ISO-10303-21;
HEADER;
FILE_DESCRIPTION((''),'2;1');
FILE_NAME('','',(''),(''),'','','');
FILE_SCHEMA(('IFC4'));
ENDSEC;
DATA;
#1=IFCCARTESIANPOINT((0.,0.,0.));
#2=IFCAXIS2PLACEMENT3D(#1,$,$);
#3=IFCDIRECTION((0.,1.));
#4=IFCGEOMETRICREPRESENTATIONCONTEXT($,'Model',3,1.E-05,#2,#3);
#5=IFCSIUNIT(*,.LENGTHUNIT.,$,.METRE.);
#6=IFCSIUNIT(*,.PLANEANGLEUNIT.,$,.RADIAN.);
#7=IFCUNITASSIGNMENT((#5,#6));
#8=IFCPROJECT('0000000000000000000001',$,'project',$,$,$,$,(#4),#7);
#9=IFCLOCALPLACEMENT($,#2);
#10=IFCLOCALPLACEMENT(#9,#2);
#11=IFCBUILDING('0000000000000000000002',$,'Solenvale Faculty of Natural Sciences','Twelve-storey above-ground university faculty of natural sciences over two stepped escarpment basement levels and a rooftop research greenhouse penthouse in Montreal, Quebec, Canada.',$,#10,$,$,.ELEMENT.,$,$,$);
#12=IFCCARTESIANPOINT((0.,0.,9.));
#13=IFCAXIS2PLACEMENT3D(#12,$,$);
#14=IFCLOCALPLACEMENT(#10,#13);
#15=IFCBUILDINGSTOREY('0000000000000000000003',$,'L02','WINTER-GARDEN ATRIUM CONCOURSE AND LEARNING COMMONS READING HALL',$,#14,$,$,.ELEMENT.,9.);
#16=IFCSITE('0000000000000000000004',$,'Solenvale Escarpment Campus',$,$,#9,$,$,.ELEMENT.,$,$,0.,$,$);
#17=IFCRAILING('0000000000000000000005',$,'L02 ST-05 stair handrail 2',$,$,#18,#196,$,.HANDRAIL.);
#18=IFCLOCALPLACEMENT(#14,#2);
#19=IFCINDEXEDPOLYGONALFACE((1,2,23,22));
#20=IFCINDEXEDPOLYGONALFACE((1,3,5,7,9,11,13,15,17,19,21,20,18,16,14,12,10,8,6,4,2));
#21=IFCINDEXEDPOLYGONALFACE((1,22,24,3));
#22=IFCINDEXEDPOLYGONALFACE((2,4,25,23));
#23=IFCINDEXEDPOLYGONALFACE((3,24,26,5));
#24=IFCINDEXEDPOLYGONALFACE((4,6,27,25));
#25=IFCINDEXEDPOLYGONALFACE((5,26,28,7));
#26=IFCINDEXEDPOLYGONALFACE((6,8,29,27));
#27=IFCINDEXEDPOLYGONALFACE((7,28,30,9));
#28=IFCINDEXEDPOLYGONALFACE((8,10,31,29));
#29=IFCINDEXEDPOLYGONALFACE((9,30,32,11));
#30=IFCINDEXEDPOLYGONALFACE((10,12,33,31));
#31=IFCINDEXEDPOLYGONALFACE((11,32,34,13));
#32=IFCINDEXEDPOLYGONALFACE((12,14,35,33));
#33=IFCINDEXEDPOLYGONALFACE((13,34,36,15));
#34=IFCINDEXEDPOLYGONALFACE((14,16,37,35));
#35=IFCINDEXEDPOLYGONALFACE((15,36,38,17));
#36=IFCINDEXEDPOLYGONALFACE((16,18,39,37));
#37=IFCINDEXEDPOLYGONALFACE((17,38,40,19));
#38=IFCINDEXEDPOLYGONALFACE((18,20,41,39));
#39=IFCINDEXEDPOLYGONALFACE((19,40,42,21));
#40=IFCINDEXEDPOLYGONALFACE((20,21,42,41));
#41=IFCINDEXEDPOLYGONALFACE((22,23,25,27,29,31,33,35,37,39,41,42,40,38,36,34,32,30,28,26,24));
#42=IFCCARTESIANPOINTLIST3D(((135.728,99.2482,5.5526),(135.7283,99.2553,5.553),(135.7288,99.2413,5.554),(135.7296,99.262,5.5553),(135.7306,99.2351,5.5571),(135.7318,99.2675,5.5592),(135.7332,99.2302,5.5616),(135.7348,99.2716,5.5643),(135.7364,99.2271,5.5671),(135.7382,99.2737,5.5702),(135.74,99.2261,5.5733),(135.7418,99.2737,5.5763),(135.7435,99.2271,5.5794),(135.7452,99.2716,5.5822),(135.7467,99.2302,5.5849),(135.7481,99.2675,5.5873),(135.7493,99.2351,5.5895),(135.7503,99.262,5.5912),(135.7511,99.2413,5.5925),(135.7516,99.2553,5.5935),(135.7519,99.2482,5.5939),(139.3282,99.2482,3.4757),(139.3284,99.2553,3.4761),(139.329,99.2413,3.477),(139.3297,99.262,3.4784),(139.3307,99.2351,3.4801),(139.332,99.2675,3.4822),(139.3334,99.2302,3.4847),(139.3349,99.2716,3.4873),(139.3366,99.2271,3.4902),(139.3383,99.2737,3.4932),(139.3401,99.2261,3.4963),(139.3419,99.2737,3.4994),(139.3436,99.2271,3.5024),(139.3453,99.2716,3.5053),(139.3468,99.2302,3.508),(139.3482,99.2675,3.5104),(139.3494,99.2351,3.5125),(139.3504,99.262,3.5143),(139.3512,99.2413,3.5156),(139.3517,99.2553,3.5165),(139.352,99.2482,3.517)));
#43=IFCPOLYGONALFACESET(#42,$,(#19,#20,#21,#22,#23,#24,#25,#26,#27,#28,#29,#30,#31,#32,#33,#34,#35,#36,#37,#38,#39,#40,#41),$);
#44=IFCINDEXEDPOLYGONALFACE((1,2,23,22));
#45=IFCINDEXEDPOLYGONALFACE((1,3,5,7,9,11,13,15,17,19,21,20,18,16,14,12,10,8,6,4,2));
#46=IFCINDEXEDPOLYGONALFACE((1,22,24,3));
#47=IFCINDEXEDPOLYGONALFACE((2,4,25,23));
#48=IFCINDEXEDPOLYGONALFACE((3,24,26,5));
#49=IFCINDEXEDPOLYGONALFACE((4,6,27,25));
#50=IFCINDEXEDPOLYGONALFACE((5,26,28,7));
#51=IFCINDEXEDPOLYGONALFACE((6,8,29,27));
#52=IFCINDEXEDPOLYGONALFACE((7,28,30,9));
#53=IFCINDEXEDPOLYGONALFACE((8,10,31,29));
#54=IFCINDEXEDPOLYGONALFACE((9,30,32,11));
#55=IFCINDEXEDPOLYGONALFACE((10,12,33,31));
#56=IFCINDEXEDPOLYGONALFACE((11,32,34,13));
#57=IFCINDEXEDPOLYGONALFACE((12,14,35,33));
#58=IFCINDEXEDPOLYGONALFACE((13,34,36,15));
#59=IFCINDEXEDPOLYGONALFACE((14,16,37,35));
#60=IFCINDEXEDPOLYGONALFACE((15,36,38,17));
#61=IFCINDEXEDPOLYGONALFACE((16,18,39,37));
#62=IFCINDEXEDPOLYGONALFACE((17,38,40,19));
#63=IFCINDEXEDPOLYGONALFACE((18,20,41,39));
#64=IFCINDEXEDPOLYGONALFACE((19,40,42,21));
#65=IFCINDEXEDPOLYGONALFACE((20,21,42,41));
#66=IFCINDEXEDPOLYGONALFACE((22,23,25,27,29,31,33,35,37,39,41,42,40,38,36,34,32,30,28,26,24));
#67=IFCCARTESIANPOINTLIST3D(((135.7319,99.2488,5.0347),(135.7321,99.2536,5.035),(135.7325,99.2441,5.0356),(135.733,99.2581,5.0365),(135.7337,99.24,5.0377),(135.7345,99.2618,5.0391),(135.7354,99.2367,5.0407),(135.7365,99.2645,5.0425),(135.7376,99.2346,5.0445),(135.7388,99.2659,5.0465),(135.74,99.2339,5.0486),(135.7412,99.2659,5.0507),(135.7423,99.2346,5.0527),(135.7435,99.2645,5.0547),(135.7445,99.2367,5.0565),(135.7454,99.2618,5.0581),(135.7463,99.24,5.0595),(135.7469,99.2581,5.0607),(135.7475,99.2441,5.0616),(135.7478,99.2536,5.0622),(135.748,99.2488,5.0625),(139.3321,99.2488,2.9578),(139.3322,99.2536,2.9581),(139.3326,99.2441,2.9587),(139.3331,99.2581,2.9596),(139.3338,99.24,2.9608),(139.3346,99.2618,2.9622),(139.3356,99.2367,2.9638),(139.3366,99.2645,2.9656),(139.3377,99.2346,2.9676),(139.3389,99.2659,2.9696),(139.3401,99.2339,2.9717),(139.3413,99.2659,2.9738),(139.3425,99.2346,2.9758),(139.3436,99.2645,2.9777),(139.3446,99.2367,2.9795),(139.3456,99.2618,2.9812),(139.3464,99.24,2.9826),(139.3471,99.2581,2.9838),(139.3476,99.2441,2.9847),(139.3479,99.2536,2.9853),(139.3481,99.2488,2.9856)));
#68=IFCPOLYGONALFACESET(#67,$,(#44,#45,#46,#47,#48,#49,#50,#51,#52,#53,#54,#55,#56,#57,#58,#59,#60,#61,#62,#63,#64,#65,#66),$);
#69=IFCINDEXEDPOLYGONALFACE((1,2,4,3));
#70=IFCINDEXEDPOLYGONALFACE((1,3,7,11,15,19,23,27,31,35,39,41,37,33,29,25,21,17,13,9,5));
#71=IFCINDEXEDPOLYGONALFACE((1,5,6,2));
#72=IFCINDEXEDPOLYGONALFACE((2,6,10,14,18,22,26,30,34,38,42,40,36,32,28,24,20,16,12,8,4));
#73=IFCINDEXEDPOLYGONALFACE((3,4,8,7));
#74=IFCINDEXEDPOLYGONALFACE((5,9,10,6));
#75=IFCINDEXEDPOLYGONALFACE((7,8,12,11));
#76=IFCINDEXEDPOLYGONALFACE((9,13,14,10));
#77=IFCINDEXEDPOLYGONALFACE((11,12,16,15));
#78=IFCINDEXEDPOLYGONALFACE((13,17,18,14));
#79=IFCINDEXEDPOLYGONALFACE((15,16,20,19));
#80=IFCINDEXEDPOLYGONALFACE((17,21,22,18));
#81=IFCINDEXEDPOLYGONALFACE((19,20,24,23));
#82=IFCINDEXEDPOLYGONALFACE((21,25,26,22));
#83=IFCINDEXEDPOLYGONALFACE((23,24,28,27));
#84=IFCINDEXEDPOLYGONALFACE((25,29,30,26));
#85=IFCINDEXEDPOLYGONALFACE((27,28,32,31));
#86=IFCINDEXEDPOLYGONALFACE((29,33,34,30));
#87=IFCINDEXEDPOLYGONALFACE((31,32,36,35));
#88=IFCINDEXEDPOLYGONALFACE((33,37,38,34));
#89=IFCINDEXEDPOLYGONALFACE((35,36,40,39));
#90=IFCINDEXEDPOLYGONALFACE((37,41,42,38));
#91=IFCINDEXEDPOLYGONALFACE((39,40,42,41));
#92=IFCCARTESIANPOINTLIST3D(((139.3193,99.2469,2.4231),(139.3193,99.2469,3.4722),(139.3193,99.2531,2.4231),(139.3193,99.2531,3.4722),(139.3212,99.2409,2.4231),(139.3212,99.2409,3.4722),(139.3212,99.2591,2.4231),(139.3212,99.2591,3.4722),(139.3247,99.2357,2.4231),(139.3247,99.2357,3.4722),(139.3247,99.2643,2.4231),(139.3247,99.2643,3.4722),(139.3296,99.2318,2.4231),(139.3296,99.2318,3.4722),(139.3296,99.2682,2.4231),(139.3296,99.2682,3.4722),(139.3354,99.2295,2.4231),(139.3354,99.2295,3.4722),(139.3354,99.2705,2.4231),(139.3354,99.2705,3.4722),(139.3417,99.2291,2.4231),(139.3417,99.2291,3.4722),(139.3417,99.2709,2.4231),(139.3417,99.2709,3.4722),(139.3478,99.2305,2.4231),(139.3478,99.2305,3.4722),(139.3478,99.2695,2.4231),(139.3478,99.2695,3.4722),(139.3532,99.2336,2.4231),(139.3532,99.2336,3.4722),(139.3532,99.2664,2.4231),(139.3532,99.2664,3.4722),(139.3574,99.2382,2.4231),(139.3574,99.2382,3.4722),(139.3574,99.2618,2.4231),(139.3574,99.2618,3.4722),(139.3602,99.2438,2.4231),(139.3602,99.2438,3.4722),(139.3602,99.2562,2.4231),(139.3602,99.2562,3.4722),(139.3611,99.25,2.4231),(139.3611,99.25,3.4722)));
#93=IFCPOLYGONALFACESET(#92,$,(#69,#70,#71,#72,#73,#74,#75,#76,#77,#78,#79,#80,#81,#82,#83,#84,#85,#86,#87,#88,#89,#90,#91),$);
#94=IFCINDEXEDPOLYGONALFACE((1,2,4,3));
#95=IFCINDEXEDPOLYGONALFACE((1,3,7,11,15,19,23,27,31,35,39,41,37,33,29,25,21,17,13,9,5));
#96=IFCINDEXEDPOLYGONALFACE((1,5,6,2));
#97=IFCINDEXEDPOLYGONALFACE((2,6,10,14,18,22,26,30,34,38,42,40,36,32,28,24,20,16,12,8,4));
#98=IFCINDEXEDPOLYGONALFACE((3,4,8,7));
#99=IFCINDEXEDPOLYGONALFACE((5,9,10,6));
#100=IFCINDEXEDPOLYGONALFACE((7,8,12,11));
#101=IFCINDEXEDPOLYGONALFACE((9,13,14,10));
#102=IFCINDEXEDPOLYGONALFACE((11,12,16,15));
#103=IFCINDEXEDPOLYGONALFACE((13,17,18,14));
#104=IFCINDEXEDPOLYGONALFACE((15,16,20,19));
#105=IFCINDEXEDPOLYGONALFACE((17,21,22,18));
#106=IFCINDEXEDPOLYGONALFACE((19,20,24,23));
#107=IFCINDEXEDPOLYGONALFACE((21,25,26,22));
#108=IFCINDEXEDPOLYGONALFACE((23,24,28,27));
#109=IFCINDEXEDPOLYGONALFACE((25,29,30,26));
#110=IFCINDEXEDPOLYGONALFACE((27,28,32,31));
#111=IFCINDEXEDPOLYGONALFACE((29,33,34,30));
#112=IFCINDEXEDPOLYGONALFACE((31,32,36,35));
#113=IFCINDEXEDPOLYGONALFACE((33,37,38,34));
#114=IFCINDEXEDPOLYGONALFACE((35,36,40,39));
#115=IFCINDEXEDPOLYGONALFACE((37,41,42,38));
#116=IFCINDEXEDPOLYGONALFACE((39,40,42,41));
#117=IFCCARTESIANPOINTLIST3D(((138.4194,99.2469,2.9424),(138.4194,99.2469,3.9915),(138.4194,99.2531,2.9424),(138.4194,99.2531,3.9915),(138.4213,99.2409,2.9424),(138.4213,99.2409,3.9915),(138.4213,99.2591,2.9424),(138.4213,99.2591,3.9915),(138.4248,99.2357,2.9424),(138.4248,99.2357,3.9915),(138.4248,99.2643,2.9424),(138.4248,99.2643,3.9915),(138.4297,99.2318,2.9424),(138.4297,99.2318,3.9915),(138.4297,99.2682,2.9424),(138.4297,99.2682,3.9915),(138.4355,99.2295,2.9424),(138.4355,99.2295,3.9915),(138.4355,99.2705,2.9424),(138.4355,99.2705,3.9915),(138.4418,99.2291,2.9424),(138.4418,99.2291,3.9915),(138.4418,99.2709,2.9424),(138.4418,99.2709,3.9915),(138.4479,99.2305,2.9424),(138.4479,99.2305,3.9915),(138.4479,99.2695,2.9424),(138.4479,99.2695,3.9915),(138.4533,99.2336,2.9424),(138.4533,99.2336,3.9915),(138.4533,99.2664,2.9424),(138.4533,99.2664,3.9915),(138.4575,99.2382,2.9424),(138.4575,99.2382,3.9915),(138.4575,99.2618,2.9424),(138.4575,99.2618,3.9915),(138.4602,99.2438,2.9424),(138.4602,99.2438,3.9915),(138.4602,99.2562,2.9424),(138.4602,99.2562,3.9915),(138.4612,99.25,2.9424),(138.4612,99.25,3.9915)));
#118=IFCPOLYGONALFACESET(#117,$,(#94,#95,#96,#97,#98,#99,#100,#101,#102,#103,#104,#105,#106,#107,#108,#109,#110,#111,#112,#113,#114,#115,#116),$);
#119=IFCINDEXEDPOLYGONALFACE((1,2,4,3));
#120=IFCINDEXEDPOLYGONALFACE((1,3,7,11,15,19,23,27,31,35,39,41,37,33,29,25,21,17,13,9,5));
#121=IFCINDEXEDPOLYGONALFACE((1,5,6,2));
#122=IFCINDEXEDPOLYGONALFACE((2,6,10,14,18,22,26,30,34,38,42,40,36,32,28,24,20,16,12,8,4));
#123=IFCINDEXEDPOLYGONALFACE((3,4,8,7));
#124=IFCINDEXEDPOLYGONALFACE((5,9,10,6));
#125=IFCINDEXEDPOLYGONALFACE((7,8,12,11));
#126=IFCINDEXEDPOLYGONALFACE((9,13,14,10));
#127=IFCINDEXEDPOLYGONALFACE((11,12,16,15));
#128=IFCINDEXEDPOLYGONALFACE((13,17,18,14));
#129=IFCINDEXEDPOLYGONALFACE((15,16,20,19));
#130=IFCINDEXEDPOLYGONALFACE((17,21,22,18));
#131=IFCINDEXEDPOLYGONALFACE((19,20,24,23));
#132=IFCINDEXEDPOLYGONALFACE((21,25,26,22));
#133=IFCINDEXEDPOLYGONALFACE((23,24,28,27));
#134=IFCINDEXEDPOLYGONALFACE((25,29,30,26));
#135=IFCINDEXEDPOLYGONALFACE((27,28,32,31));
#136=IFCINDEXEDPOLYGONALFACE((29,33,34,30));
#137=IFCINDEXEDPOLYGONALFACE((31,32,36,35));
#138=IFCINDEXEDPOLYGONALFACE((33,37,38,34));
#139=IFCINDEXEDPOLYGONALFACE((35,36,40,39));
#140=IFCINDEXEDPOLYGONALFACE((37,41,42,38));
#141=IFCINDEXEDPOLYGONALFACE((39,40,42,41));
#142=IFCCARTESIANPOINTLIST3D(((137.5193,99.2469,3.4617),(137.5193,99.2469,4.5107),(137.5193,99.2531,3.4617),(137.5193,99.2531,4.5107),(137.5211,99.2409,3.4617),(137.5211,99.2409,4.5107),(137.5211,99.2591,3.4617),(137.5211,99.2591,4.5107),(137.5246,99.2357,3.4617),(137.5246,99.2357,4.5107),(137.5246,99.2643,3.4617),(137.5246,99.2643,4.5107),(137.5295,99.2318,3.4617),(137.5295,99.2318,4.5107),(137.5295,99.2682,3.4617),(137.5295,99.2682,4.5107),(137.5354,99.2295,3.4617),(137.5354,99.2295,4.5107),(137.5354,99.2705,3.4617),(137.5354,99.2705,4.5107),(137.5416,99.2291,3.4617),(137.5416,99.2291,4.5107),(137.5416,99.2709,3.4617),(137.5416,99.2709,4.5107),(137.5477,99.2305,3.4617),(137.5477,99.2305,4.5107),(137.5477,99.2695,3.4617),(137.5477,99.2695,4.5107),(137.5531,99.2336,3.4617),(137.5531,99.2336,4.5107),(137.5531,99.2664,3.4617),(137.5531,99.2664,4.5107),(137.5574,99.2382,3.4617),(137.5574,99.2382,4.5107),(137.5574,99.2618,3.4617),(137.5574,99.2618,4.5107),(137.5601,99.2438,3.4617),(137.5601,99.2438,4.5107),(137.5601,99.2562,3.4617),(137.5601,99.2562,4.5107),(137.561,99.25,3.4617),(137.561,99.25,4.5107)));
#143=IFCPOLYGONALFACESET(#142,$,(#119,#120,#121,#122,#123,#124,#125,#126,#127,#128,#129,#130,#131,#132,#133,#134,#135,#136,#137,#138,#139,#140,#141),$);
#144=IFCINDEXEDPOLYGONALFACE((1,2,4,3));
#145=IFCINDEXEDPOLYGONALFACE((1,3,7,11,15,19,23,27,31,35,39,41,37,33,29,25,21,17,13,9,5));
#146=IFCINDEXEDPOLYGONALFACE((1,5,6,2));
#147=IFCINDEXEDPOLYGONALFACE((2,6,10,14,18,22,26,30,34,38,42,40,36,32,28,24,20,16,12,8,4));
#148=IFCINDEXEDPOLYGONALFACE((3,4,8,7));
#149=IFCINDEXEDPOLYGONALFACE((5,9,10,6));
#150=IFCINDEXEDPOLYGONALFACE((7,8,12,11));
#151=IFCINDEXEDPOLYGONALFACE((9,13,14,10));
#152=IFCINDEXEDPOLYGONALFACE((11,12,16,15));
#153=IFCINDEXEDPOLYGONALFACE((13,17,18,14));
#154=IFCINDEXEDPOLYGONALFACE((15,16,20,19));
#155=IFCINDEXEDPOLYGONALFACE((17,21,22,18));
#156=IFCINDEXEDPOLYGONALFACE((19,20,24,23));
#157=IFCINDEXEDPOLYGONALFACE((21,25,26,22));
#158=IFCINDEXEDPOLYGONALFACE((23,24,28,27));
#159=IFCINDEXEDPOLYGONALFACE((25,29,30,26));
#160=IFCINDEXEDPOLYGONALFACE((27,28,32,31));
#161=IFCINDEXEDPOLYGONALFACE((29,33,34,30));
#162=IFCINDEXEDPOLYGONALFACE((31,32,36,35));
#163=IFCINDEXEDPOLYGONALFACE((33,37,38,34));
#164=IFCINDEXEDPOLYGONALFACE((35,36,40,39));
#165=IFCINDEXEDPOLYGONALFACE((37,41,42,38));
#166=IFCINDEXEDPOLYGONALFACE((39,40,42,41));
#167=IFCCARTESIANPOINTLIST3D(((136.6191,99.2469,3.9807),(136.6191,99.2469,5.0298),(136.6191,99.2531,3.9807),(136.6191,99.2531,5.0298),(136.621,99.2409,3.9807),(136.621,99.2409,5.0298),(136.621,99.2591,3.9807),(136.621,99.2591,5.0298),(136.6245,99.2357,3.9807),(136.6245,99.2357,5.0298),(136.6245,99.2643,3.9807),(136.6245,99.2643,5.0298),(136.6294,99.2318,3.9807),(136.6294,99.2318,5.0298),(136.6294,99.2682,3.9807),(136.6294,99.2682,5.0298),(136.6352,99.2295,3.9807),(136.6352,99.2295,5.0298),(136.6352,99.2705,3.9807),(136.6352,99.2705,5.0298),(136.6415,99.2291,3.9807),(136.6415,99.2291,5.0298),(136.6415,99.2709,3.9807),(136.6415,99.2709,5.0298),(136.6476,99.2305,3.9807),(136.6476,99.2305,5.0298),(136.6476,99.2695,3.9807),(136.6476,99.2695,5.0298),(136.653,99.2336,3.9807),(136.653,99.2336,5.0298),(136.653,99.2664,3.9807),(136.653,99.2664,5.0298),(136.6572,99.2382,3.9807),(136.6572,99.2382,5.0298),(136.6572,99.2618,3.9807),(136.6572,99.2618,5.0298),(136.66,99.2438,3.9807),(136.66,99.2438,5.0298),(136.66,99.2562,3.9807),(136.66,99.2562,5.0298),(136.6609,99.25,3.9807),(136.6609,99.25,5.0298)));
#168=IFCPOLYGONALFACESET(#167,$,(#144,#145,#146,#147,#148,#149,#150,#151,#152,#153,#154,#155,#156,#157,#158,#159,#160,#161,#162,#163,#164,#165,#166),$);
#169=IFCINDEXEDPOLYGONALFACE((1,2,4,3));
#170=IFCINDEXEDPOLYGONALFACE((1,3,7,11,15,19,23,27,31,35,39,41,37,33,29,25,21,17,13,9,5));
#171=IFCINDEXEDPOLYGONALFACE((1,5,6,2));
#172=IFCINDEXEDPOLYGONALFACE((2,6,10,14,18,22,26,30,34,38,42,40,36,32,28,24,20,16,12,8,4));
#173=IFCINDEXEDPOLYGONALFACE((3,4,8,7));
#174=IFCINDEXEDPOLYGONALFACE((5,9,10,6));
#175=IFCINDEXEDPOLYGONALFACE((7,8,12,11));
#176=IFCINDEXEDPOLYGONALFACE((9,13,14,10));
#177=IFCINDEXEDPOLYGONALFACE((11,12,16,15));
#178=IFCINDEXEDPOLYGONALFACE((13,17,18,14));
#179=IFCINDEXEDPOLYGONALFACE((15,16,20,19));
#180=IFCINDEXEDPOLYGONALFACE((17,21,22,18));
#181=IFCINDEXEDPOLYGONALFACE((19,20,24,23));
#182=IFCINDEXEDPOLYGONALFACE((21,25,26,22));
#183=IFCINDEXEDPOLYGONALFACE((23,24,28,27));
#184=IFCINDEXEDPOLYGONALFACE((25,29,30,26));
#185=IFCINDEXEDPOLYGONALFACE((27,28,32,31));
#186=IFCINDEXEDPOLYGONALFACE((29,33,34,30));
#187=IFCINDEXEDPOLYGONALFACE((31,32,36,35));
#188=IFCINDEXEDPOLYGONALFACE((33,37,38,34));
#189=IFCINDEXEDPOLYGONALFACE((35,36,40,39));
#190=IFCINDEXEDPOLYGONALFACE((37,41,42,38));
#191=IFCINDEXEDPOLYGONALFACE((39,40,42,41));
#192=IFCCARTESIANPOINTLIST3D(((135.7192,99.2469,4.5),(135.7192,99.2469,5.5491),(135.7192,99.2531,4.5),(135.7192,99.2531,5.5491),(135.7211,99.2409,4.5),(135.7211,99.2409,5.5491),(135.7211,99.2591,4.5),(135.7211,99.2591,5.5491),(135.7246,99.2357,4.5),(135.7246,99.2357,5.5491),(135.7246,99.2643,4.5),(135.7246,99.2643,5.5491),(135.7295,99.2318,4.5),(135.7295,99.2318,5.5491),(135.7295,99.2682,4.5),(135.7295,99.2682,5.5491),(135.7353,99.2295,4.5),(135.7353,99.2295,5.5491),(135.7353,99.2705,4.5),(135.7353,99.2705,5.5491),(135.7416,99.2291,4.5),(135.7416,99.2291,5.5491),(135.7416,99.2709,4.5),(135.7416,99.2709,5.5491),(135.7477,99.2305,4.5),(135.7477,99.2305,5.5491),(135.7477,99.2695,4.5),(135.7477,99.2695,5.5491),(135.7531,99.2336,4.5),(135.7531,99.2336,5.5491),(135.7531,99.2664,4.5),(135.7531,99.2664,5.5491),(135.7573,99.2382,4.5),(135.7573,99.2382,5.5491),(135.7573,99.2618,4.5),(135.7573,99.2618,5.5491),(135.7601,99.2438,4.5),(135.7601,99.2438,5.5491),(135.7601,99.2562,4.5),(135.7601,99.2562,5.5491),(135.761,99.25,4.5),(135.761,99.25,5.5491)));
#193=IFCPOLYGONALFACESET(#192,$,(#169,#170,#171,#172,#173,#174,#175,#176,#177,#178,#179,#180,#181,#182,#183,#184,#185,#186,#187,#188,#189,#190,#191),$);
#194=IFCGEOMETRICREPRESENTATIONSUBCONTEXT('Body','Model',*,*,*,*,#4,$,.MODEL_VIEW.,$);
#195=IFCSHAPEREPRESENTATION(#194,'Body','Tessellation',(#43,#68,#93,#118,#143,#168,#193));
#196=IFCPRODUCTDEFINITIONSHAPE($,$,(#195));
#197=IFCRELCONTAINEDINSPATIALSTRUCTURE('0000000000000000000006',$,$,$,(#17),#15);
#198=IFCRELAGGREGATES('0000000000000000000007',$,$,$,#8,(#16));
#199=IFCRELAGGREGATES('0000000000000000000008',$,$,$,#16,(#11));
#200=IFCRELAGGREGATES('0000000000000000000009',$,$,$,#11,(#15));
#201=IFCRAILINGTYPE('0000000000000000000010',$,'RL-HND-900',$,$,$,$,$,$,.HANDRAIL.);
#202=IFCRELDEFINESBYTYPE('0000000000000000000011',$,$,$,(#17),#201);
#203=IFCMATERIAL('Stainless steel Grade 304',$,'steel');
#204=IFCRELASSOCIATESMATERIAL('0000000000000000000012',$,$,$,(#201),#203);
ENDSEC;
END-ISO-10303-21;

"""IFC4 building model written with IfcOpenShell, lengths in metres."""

from ifc_helpers import new_model, si_unit, direction, frame, origin, origin_2d, place, context, subcontext, project, spatial, circle, extrude, material, type_object, element, save


model = new_model("IFC4")

# Units and contexts
model_context = context("Model", 3, precision=1e-05, world=origin(), true_north=direction((0.0, 1.0)))
body_context = subcontext(model_context, "Body", "Model", "MODEL_VIEW")
ifc_project = project(units=[si_unit("LENGTHUNIT", "METRE"), si_unit("PLANEANGLEUNIT", "RADIAN")], contexts=[model_context])

# Site, building, storey
site_placement = place(None, origin())
site = spatial("IfcSite", under=ifc_project, at=site_placement, Name="Solenvale Escarpment Campus", CompositionType="ELEMENT", RefElevation=0.0)
building_placement = place(site_placement, origin())
building = spatial("IfcBuilding", under=site, at=building_placement, Name="Solenvale Faculty of Natural Sciences", Description="Twelve-storey above-ground university faculty of natural sciences over two stepped escarpment basement levels and a rooftop research greenhouse penthouse in Montreal, Quebec, Canada.", CompositionType="ELEMENT")
storey_placement = place(building_placement, frame((0.0, 0.0, 9.0)))
storey = spatial("IfcBuildingStorey", under=building, at=storey_placement, Name="L02", Description="WINTER-GARDEN ATRIUM CONCOURSE AND LEARNING COMMONS READING HALL", CompositionType="ELEMENT", Elevation=9.0)

# Shared definitions
ifc_material_1 = material(Name="Stainless steel Grade 304", Category="steel")

# Railing
railing_type_1 = type_object("IfcRailingType", Name="RL-HND-900", PredefinedType="HANDRAIL", material=ifc_material_1)
railing_1_placement = place(storey_placement, frame((139.3401, 99.25, 2.4231)))
element("IfcRailing", 1, at=railing_1_placement, inside=storey, type_object=railing_type_1, Name="L02 ST-05 stair handrail 2", PredefinedType="HANDRAIL", context=body_context, shape_type="SweptSolid", body=[
    extrude(circle(Radius=0.0239, at=origin_2d()), frame((0.0, 0.0, 1.0732), z_axis=(-0.866193, 0.0, 0.499709), x_axis=(0.0, -1.0, 0.0)), (0.0, 0.0, 1.0), 4.1562),
    extrude(circle(Radius=0.0161, at=origin_2d()), frame((0.0, 0.0, 0.5486), z_axis=(-0.866193, 0.0, 0.499709), x_axis=(0.0, -1.0, 0.0)), (0.0, 0.0, 1.0), 4.1562),
    extrude(circle(Radius=0.021, at=origin_2d()), origin(), (0.0, 0.0, 1.0), 1.0491),
    extrude(circle(Radius=0.021, at=origin_2d()), frame((-0.8999, 0.0, 0.5193)), (0.0, 0.0, 1.0), 1.0491),
    extrude(circle(Radius=0.021, at=origin_2d()), frame((-1.8, 0.0, 1.0386)), (0.0, 0.0, 1.0), 1.0491),
    extrude(circle(Radius=0.021, at=origin_2d()), frame((-2.7002, 0.0, 1.5576)), (0.0, 0.0, 1.0), 1.0491),
    extrude(circle(Radius=0.021, at=origin_2d()), frame((-3.6001, 0.0, 2.0769)), (0.0, 0.0, 1.0), 1.0491),
])

save(model, "model.ifc")
